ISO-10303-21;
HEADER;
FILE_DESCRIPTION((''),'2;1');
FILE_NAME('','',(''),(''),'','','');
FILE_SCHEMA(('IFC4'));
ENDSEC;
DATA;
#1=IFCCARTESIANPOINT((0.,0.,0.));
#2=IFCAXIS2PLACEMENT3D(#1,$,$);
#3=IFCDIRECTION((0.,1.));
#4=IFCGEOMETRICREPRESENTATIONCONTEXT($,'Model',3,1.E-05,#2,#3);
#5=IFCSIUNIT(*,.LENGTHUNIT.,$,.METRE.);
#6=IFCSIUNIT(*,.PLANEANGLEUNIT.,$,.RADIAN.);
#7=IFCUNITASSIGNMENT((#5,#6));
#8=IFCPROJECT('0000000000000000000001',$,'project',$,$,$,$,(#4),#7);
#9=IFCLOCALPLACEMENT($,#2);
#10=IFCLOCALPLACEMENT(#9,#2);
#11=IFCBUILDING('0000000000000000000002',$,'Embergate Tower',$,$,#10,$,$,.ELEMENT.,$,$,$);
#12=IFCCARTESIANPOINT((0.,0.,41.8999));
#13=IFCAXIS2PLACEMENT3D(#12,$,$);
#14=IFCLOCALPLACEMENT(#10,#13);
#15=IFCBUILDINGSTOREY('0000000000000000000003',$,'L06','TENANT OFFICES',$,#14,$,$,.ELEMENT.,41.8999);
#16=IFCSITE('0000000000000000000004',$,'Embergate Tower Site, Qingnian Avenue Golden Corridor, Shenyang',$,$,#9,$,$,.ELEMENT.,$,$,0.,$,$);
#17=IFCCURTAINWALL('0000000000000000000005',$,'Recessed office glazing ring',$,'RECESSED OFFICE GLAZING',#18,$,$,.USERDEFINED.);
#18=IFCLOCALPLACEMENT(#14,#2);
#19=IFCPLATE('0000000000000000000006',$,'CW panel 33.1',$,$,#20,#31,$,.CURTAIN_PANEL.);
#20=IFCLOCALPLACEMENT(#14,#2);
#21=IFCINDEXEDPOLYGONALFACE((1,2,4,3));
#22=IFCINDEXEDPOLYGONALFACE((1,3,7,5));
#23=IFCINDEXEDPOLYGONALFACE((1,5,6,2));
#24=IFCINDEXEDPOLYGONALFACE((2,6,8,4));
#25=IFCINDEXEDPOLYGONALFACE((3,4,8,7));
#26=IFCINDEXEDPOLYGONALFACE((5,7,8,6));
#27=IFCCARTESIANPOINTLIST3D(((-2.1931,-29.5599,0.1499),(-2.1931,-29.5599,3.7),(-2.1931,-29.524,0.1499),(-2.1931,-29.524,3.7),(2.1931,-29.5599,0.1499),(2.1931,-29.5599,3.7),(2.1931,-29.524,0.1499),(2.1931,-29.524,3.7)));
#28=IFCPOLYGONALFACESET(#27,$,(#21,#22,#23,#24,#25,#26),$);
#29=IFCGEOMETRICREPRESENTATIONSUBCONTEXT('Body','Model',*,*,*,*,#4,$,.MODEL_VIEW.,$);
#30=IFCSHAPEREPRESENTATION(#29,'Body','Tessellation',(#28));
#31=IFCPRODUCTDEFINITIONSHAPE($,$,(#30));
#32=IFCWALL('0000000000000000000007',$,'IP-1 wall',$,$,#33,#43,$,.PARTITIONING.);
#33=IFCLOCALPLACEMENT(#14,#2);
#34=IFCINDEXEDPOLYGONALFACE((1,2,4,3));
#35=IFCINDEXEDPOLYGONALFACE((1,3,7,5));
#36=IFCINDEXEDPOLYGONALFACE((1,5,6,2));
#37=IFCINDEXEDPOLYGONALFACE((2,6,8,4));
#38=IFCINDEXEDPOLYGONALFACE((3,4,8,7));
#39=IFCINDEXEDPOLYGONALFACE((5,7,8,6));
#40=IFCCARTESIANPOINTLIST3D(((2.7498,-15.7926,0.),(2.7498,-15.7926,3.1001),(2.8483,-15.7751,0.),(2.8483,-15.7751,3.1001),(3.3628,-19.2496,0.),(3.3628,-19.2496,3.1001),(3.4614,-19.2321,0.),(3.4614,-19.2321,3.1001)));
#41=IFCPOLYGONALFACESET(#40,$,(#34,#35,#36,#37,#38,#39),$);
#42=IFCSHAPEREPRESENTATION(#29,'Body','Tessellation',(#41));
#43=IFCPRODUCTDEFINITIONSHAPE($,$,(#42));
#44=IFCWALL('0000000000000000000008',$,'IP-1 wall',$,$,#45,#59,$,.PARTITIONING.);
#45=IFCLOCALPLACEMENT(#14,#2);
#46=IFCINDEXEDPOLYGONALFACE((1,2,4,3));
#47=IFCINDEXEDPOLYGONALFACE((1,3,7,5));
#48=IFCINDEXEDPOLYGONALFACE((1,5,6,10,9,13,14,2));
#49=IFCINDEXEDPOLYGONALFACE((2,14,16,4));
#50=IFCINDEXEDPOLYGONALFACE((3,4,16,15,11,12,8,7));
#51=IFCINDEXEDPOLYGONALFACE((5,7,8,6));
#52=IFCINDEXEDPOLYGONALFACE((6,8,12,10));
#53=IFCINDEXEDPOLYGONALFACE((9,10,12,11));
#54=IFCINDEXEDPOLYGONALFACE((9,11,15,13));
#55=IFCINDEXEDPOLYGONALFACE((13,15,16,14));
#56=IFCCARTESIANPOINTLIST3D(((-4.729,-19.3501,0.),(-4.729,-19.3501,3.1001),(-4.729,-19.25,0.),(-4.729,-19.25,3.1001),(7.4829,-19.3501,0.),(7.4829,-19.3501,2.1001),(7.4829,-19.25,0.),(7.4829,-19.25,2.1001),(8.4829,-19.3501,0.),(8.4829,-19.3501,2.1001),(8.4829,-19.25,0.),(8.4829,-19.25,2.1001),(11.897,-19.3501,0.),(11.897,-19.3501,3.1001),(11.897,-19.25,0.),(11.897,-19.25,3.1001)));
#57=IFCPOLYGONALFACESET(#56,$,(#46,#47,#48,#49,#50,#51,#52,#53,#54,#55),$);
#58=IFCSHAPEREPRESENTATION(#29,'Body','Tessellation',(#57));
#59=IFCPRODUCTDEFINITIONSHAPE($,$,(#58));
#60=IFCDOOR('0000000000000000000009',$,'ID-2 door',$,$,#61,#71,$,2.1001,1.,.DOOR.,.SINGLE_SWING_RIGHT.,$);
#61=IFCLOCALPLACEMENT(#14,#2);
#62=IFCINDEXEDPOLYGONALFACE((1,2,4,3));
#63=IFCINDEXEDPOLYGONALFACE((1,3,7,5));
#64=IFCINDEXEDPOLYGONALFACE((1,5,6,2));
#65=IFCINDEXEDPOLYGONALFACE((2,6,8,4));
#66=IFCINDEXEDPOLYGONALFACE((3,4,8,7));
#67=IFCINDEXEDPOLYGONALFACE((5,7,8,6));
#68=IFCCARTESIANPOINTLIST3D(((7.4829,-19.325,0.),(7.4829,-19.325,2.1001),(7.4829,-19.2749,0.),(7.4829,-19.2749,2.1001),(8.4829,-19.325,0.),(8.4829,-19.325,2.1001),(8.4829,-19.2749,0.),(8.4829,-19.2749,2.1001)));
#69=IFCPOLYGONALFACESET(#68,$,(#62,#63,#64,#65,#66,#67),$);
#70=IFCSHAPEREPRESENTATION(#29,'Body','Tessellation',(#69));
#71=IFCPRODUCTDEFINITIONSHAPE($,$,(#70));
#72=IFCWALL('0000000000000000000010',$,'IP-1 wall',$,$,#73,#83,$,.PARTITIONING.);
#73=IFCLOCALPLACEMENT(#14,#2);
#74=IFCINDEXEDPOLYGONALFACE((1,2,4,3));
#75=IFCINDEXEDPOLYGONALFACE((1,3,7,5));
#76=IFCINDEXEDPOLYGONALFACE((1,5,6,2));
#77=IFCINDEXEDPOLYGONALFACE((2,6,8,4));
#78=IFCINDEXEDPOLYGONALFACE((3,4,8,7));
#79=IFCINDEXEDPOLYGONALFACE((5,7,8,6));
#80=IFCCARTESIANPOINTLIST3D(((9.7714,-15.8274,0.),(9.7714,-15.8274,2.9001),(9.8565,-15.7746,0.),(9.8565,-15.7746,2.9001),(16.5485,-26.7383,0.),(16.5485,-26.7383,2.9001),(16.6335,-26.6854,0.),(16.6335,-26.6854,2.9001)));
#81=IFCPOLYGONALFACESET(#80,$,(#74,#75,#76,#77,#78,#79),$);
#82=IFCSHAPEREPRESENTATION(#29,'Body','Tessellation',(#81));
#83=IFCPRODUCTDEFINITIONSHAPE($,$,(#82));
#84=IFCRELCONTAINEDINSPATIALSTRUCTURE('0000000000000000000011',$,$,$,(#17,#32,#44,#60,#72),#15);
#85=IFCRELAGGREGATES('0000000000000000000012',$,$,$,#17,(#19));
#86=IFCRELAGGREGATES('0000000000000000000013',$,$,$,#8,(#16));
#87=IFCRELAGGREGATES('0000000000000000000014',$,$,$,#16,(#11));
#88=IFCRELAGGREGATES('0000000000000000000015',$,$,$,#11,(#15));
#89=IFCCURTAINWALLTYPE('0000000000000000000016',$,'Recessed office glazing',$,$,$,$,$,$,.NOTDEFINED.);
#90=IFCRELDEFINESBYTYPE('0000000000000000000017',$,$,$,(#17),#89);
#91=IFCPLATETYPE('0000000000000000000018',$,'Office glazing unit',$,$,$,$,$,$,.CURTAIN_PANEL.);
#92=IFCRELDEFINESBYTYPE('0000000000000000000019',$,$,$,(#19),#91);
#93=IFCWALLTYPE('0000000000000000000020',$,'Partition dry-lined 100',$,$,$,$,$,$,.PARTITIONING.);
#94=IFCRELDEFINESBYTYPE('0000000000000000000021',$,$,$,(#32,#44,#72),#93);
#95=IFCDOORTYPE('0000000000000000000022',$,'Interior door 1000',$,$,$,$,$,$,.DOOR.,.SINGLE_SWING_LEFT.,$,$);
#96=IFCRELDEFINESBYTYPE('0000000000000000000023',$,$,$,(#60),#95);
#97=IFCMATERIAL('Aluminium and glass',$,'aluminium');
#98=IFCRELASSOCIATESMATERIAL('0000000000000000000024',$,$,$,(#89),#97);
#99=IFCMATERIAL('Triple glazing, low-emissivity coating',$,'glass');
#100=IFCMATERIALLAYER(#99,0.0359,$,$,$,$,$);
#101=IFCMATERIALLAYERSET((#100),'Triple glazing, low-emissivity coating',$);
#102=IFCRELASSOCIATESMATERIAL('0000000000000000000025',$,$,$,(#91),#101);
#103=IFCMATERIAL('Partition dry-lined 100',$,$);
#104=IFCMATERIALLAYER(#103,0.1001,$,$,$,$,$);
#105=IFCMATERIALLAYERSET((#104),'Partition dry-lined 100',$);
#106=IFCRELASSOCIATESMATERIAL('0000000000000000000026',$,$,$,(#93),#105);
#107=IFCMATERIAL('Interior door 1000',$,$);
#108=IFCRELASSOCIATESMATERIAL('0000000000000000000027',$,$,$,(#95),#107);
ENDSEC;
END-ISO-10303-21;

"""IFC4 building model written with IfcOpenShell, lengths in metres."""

from ifc_helpers import new_model, si_unit, direction, frame, frame_2d, origin, origin_2d, place, context, subcontext, project, spatial, rectangle, extrude, source, transform, mapped, material, layer, layer_set, type_object, element, fill, aggregate, save


model = new_model("IFC4")

# Units and contexts
model_context = context("Model", 3, precision=1e-05, world=origin(), true_north=direction((0.0, 1.0)))
body_context = subcontext(model_context, "Body", "Model", "MODEL_VIEW")
ifc_project = project(units=[si_unit("LENGTHUNIT", "METRE"), si_unit("PLANEANGLEUNIT", "RADIAN")], contexts=[model_context])

# Site, building, storey
site_placement = place(None, origin())
site = spatial("IfcSite", under=ifc_project, at=site_placement, Name="Embergate Tower Site, Qingnian Avenue Golden Corridor, Shenyang", CompositionType="ELEMENT", RefElevation=0.0)
building_placement = place(site_placement, origin())
building = spatial("IfcBuilding", under=site, at=building_placement, Name="Embergate Tower", CompositionType="ELEMENT")
storey_placement = place(building_placement, frame((0.0, 0.0, 41.8999)))
storey = spatial("IfcBuildingStorey", under=building, at=storey_placement, Name="L06", Description="TENANT OFFICES", CompositionType="ELEMENT", Elevation=41.8999)

# Curtain wall
ifc_material_1 = material(Name="Aluminium and glass", Category="aluminium")
curtain_wall_type = type_object("IfcCurtainWallType", Name="Recessed office glazing", PredefinedType="NOTDEFINED", material=ifc_material_1)
curtain_wall_placement = place(storey_placement, origin())
curtain_wall = element("IfcCurtainWall", 1, at=curtain_wall_placement, inside=storey, type_object=curtain_wall_type, Name="Recessed office glazing ring", ObjectType="RECESSED OFFICE GLAZING", PredefinedType="USERDEFINED")

# Plate
ifc_material_2 = material(Name="Triple glazing, low-emissivity coating", Category="glass")
ifc_layer_1 = layer(ifc_material_2, 0.0359)
ifc_layer_set_1 = layer_set([ifc_layer_1], Name="Triple glazing, low-emissivity coating")
plate_type = type_object("IfcPlateType", Name="Office glazing unit", PredefinedType="CURTAIN_PANEL", material=ifc_layer_set_1)
shared_shape_1 = source(origin(), body_context, "Body", "SweptSolid", [
    extrude(rectangle(XDim=4.3862, YDim=0.0359, at=origin_2d()), origin(), (0.0, 0.0, 1.0), 3.55),
])
plate_1_placement = place(storey_placement, frame((0.0, -29.542, 0.1499), z_axis=(0.0, 0.0, 1.0), x_axis=(1.0, 0.0, 0.0)))
plate_1 = element("IfcPlate", 2, at=plate_1_placement, type_object=plate_type, Name="CW panel 33.1", PredefinedType="CURTAIN_PANEL", context=body_context, shape_type="MappedRepresentation", body=[
    mapped(shared_shape_1, transform((0.0, 0.0, 0.0))),
])
aggregate(curtain_wall, [plate_1])

# Wall
ifc_material_3 = material(Name="Partition dry-lined 100")
ifc_layer_2 = layer(ifc_material_3, 0.1001)
ifc_layer_set_2 = layer_set([ifc_layer_2], Name="Partition dry-lined 100")
wall_type = type_object("IfcWallType", Name="Partition dry-lined 100", PredefinedType="PARTITIONING", material=ifc_layer_set_2)
shared_shape_2 = source(origin(), body_context, "Body", "SweptSolid", [
    extrude(rectangle(XDim=3.511, YDim=0.1001, at=frame_2d((1.7554, 0.0))), origin(), (0.0, 0.0, 1.0), 3.1001),
])
wall_1_placement = place(storey_placement, frame((2.7991, -15.7839, 0.0), z_axis=(0.0, 0.0, 1.0), x_axis=(0.174606, -0.984638, 0.0)))
element("IfcWall", 3, at=wall_1_placement, inside=storey, type_object=wall_type, Name="IP-1 wall", PredefinedType="PARTITIONING", context=body_context, shape_type="MappedRepresentation", body=[
    mapped(shared_shape_2, transform((0.0, 0.0, 0.0))),
])

# Wall, opening, door
shared_shape_3 = source(origin(), body_context, "Body", "SweptSolid", [
    extrude(rectangle(XDim=16.626, YDim=0.1001, at=frame_2d((8.313, 0.0))), origin(), (0.0, 0.0, 1.0), 3.1001),
])
wall_2_placement = place(storey_placement, frame((11.897, -19.3, 0.0), z_axis=(0.0, 0.0, 1.0), x_axis=(-1.0, 0.0, 0.0)))
wall_2 = element("IfcWall", 4, at=wall_2_placement, inside=storey, type_object=wall_type, Name="IP-1 wall", PredefinedType="PARTITIONING", context=body_context, shape_type="MappedRepresentation", body=[
    mapped(shared_shape_3, transform((0.0, 0.0, 0.0))),
])
shared_shape_4 = source(origin(), body_context, "Body", "SweptSolid", [
    extrude(rectangle(XDim=1.0, YDim=2.1001, at=frame_2d((0.5, 1.05))), frame((0.0, 0.0601, 0.0), z_axis=(0.0, -1.0, 0.0), x_axis=(1.0, 0.0, 0.0)), (0.0, 0.0, 1.0), 0.1201),
])
opening_placement = place(wall_2_placement, frame((3.4141, 0.0, 0.0)))
opening = element("IfcOpeningElement", 5, at=opening_placement, cuts=wall_2, PredefinedType="OPENING", context=body_context, shape_type="MappedRepresentation", body=[
    mapped(shared_shape_4, transform((0.0, 0.0, 0.0))),
])
ifc_material_4 = material(Name="Interior door 1000")
door_type = type_object("IfcDoorType", Name="Interior door 1000", OperationType="SINGLE_SWING_LEFT", PredefinedType="DOOR", material=ifc_material_4)
shared_shape_5 = source(origin(), body_context, "Body", "SweptSolid", [
    extrude(rectangle(XDim=1.0, YDim=2.1001, at=frame_2d((0.5, 1.05))), frame((0.0, 0.0249, 0.0), z_axis=(0.0, -1.0, 0.0), x_axis=(1.0, 0.0, 0.0)), (0.0, 0.0, 1.0), 0.05),
])
door_placement = place(opening_placement, origin())
door = element("IfcDoor", 6, at=door_placement, inside=storey, type_object=door_type, Name="ID-2 door", OperationType="SINGLE_SWING_RIGHT", OverallHeight=2.1001, OverallWidth=1.0, PredefinedType="DOOR", context=body_context, shape_type="MappedRepresentation", body=[
    mapped(shared_shape_5, transform((0.0, 0.0, 0.0))),
])
fill(opening, door)

# Wall
shared_shape_6 = source(origin(), body_context, "Body", "SweptSolid", [
    extrude(rectangle(XDim=12.8442, YDim=0.1001, at=frame_2d((6.4221, 0.0))), origin(), (0.0, 0.0, 1.0), 2.9001),
])
wall_3_placement = place(storey_placement, frame((9.814, -15.801, 0.0), z_axis=(0.0, 0.0, 1.0), x_axis=(0.527634, -0.849472, 0.0)))
element("IfcWall", 7, at=wall_3_placement, inside=storey, type_object=wall_type, Name="IP-1 wall", PredefinedType="PARTITIONING", context=body_context, shape_type="MappedRepresentation", body=[
    mapped(shared_shape_6, transform((0.0, 0.0, 0.0))),
])

save(model, "model.ifc")
